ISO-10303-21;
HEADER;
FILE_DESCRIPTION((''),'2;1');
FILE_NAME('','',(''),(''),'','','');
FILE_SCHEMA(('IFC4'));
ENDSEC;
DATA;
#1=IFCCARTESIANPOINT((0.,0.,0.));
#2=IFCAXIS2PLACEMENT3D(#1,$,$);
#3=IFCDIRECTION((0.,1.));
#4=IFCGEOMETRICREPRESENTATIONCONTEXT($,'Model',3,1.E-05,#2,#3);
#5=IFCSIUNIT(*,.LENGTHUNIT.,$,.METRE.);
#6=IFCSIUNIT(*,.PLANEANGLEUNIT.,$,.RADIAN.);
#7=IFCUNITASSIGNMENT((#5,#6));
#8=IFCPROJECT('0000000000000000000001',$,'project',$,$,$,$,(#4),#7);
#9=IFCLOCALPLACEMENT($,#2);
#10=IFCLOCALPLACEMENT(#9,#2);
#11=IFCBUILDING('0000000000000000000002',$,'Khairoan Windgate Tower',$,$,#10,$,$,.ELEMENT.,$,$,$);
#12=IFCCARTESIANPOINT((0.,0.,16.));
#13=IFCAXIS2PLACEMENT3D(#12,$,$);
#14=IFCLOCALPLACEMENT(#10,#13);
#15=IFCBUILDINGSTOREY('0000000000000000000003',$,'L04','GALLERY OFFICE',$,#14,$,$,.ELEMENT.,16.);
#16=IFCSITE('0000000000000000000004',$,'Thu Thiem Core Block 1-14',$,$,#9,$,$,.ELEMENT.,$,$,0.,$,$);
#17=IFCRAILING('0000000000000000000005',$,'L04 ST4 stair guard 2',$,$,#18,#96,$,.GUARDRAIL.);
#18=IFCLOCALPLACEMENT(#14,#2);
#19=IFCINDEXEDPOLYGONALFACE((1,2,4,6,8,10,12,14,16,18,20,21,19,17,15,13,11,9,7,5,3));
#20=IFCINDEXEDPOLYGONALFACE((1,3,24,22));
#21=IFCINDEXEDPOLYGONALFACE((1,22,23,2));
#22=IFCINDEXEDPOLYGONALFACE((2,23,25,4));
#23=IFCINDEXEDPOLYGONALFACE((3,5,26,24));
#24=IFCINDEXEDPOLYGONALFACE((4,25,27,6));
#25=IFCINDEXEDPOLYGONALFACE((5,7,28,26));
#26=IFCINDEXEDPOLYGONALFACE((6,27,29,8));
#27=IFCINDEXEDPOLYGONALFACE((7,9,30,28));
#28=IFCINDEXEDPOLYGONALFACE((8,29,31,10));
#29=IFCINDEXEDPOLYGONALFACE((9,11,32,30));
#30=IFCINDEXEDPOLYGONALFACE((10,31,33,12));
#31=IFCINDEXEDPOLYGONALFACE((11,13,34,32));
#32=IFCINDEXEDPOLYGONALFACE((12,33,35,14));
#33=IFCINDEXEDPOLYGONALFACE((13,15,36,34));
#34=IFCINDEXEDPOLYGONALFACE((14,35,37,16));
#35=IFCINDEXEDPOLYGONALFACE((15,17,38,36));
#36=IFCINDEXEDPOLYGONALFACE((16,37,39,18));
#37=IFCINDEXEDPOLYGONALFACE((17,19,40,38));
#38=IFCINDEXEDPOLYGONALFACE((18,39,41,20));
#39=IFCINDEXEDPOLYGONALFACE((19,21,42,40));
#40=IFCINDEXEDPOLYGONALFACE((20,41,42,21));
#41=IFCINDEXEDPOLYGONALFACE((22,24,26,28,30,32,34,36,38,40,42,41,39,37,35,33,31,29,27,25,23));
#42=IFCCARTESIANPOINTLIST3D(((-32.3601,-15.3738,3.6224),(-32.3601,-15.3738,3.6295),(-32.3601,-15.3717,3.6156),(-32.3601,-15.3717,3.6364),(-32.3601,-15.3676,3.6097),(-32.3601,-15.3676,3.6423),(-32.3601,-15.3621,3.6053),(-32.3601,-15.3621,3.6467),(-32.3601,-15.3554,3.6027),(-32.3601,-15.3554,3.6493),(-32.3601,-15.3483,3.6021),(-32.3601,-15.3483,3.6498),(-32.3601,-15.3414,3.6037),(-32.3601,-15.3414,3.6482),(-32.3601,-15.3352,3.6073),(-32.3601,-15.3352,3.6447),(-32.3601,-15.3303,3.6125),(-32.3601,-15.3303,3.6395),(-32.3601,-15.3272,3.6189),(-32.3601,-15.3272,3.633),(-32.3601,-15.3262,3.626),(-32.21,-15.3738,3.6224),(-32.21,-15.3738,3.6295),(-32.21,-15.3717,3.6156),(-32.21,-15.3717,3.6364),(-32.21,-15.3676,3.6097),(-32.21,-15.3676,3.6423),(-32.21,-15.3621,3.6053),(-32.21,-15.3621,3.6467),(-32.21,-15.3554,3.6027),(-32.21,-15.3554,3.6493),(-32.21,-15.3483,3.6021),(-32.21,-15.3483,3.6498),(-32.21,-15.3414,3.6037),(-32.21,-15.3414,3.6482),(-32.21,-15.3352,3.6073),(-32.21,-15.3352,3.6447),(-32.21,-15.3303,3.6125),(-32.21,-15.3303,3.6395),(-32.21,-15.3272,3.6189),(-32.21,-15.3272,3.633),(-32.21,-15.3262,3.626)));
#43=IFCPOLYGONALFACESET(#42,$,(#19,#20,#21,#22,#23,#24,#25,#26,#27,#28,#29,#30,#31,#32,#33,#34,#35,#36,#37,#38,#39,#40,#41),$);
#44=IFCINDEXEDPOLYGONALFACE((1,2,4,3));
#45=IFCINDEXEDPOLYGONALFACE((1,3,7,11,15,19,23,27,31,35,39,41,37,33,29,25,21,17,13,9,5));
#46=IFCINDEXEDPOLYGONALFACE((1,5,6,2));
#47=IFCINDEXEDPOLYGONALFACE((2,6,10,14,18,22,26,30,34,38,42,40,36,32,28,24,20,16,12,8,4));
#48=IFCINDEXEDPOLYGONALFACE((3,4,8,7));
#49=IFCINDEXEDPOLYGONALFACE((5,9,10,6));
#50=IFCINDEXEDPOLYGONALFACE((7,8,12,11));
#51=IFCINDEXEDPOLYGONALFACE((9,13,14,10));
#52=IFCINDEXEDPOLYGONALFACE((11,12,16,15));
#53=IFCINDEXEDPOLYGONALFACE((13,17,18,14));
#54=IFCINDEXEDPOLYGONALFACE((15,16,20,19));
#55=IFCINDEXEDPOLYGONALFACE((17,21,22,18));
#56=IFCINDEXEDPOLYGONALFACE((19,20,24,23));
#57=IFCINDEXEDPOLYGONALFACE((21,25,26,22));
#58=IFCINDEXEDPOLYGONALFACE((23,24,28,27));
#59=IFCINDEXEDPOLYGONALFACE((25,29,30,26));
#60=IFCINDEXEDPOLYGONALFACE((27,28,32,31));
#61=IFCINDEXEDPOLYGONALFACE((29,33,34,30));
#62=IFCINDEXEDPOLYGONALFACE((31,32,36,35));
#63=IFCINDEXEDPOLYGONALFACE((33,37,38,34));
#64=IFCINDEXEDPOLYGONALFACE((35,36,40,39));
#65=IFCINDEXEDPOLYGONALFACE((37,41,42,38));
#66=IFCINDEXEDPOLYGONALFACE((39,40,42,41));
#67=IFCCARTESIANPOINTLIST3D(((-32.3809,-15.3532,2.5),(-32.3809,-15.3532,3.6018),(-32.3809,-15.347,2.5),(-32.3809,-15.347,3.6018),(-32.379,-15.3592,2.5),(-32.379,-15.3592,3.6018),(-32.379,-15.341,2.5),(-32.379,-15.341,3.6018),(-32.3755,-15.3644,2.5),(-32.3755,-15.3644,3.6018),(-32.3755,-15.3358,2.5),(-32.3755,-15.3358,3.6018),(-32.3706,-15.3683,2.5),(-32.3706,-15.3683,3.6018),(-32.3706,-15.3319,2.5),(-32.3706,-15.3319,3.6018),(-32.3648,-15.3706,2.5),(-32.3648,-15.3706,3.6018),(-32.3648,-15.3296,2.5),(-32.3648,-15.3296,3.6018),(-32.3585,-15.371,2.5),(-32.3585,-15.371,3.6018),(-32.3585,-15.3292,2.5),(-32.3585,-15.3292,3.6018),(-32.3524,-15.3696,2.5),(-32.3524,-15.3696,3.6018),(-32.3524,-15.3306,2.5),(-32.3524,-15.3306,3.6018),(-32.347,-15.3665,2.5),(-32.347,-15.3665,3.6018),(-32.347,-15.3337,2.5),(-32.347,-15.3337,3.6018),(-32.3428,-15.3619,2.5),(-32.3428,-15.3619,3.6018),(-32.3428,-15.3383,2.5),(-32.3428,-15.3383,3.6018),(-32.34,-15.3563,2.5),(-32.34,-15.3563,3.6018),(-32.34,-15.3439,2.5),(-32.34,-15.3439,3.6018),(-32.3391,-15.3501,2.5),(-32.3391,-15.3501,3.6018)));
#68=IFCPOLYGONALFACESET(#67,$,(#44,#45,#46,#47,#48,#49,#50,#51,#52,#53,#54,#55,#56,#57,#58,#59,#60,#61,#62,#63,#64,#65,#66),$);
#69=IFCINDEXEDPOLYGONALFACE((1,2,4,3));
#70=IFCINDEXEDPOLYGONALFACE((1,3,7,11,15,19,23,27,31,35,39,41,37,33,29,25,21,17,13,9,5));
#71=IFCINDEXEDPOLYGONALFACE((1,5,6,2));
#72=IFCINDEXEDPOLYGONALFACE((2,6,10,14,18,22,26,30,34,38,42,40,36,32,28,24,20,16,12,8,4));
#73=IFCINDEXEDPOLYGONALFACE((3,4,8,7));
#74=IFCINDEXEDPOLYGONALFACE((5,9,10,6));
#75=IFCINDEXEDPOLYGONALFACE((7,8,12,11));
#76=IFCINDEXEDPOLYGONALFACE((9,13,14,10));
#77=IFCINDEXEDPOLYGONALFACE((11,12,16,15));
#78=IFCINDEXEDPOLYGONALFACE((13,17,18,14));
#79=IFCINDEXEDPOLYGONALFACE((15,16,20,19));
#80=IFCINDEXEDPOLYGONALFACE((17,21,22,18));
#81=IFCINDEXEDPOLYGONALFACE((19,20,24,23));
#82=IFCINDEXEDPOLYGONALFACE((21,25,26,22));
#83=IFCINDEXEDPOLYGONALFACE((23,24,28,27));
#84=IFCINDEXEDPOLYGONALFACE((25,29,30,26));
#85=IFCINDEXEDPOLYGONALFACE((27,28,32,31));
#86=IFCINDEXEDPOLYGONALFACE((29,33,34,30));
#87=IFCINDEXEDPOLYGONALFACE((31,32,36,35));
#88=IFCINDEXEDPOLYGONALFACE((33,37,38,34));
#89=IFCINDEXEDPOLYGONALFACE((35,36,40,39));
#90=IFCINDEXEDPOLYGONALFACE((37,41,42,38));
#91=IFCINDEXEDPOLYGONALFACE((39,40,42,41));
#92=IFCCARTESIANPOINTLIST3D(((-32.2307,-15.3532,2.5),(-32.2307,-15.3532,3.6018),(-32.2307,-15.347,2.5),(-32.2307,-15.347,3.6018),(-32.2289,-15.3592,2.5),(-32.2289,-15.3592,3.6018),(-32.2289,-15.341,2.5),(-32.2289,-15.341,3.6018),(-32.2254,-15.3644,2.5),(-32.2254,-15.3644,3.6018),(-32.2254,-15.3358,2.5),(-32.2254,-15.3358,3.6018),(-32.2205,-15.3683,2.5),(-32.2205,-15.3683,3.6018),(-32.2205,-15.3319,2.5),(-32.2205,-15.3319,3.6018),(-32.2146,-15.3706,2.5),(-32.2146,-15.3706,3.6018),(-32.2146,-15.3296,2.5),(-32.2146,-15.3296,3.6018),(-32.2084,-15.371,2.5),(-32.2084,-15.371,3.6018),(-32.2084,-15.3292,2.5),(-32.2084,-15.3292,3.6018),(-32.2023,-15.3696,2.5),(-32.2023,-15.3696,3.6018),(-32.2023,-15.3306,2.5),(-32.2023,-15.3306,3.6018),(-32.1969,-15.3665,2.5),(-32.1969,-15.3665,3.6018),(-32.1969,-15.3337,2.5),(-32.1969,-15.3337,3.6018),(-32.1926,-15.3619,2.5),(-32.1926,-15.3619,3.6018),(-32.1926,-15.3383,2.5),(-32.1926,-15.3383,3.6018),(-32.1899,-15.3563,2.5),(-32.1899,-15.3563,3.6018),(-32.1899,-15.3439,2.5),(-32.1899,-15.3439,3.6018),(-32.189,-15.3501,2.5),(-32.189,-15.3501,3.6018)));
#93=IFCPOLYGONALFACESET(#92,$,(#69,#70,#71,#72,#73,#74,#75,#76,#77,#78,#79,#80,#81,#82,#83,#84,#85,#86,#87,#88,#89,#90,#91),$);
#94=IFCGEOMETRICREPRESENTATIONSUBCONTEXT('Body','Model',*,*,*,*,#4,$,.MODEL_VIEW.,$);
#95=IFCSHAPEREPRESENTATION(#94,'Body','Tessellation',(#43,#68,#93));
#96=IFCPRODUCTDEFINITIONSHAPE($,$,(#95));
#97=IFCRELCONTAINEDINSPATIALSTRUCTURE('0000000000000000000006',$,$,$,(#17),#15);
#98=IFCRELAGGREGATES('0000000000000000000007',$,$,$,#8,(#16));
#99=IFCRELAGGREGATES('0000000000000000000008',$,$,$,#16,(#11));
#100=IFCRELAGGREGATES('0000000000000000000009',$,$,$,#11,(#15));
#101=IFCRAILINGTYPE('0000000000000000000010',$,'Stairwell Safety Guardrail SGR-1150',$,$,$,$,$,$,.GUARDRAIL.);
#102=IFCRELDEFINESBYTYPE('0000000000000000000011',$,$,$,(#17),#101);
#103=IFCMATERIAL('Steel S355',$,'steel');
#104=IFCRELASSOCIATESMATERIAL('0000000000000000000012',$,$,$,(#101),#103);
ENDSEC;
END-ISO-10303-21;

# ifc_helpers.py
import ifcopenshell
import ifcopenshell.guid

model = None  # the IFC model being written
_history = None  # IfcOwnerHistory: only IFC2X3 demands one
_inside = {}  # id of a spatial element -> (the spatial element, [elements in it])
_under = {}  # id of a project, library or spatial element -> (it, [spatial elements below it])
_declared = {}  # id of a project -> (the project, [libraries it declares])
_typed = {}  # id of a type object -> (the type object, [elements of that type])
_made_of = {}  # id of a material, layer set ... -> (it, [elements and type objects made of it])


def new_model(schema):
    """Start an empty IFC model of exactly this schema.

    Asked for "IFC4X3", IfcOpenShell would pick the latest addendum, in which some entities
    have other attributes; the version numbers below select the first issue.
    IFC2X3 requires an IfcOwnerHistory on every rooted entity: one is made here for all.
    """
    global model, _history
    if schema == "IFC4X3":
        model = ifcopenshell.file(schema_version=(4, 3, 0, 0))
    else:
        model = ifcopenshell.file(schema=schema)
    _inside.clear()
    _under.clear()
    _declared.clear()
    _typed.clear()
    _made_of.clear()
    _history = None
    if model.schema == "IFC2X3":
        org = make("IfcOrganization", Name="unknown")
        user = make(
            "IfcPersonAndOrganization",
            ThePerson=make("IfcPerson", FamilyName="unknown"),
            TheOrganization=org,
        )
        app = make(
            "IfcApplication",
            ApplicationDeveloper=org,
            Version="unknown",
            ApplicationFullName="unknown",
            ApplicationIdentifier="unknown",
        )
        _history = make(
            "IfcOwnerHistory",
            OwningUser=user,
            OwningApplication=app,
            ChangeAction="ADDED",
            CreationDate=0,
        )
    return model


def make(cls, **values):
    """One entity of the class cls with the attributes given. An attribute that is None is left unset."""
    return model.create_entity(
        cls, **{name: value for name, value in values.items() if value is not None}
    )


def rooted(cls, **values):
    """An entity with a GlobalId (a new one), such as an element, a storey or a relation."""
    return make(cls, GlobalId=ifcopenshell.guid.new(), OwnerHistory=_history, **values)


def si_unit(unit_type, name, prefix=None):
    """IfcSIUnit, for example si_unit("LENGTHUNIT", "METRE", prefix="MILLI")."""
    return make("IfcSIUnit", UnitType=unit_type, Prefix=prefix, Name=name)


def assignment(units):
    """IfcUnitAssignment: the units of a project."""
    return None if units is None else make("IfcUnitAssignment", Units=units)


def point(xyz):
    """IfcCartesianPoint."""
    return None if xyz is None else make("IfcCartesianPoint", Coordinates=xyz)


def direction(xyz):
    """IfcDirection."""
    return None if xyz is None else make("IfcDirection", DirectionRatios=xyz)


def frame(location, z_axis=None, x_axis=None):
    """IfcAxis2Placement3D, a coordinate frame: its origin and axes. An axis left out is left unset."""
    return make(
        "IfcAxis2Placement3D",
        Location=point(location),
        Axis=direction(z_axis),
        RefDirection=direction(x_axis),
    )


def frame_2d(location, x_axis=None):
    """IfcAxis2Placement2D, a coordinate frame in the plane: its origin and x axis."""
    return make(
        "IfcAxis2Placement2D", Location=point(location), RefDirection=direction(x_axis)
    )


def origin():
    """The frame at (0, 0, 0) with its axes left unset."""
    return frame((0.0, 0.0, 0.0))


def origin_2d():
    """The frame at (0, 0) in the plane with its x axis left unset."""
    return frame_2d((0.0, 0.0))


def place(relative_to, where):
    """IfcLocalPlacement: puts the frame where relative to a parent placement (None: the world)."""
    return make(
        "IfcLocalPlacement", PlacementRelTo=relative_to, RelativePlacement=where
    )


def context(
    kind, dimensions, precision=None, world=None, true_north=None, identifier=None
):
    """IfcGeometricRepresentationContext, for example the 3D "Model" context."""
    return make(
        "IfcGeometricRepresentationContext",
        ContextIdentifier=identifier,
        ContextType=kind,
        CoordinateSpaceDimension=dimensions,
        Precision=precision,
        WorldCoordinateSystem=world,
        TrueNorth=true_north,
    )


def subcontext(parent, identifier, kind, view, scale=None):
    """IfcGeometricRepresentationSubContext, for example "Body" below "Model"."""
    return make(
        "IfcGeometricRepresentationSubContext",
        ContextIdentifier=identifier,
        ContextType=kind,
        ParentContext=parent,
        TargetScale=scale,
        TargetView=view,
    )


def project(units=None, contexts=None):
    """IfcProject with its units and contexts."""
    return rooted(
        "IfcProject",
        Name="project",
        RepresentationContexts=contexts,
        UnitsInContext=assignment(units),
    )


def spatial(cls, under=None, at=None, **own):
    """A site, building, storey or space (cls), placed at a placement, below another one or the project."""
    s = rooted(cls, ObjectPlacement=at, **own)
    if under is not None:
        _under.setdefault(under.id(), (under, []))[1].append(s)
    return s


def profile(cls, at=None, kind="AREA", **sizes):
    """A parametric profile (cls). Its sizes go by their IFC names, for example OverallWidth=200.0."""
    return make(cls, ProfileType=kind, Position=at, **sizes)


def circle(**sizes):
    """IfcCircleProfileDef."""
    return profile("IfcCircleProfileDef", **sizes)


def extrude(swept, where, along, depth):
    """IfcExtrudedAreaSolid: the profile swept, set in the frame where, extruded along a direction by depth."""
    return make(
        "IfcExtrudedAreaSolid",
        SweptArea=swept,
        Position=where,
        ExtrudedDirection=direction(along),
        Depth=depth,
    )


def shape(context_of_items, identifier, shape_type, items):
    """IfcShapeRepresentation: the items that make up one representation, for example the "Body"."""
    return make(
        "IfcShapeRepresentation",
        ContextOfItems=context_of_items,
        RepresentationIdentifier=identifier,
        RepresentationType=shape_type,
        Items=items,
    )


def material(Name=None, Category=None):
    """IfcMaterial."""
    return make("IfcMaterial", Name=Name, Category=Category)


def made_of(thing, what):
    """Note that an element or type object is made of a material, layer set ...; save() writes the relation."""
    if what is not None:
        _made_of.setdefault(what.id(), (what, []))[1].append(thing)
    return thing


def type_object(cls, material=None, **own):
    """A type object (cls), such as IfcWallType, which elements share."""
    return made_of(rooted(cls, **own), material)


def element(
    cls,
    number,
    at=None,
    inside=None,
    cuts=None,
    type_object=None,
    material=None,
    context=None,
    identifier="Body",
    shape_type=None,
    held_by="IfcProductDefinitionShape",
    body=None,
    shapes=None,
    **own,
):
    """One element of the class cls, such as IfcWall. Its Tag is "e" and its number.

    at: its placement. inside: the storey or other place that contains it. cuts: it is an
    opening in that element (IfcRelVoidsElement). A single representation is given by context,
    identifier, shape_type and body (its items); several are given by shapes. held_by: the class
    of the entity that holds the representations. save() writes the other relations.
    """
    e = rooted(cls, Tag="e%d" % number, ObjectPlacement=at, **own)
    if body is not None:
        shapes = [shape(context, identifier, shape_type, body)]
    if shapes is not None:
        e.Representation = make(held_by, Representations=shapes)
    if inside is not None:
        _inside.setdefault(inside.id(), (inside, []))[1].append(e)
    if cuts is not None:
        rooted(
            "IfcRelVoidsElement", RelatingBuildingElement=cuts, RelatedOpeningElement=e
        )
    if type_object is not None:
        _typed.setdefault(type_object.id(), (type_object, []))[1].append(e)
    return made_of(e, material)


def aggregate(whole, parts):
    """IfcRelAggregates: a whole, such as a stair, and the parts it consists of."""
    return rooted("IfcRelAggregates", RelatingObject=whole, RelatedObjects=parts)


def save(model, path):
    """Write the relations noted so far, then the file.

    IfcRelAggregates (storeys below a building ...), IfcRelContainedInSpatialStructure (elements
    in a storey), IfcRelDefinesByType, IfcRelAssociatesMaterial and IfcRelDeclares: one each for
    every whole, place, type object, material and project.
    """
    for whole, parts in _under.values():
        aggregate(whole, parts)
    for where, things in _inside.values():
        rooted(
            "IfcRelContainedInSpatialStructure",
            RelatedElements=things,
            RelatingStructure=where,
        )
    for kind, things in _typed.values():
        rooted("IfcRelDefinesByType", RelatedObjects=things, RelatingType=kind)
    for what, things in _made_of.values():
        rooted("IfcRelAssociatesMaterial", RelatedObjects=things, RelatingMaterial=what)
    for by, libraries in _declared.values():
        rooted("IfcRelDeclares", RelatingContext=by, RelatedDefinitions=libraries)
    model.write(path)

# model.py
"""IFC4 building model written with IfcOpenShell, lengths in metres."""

from ifc_helpers import new_model, si_unit, direction, frame, origin, origin_2d, place, context, subcontext, project, spatial, circle, extrude, material, type_object, element, save


model = new_model("IFC4")

# Units and contexts
model_context = context("Model", 3, precision=1e-05, world=origin(), true_north=direction((0.0, 1.0)))
body_context = subcontext(model_context, "Body", "Model", "MODEL_VIEW")
ifc_project = project(units=[si_unit("LENGTHUNIT", "METRE"), si_unit("PLANEANGLEUNIT", "RADIAN")], contexts=[model_context])

# Site, building, storey
site_placement = place(None, origin())
site = spatial("IfcSite", under=ifc_project, at=site_placement, Name="Thu Thiem Core Block 1-14", CompositionType="ELEMENT", RefElevation=0.0)
building_placement = place(site_placement, origin())
building = spatial("IfcBuilding", under=site, at=building_placement, Name="Khairoan Windgate Tower", CompositionType="ELEMENT")
storey_placement = place(building_placement, frame((0.0, 0.0, 16.0)))
storey = spatial("IfcBuildingStorey", under=building, at=storey_placement, Name="L04", Description="GALLERY OFFICE", CompositionType="ELEMENT", Elevation=16.0)

# Railing
ifc_material_1 = material(Name="Steel S355", Category="steel")
railing_type_1 = type_object("IfcRailingType", Name="Stairwell Safety Guardrail SGR-1150", PredefinedType="GUARDRAIL", material=ifc_material_1)
railing_1_placement = place(storey_placement, frame((-32.3601, -15.3501, 2.5)))
element("IfcRailing", 1, at=railing_1_placement, inside=storey, type_object=railing_type_1, Name="L04 ST4 stair guard 2", PredefinedType="GUARDRAIL", context=body_context, shape_type="SweptSolid", body=[
    extrude(circle(Radius=0.0239, at=origin_2d()), frame((0.0, 0.0, 1.126), z_axis=(1.0, 0.0, 0.0), x_axis=(0.0, 1.0, 0.0)), (0.0, 0.0, 1.0), 0.1501),
    extrude(circle(Radius=0.021, at=origin_2d()), origin(), (0.0, 0.0, 1.0), 1.1018),
    extrude(circle(Radius=0.021, at=origin_2d()), frame((0.1501, 0.0, 0.0)), (0.0, 0.0, 1.0), 1.1018),
])

save(model, "model.ifc")
